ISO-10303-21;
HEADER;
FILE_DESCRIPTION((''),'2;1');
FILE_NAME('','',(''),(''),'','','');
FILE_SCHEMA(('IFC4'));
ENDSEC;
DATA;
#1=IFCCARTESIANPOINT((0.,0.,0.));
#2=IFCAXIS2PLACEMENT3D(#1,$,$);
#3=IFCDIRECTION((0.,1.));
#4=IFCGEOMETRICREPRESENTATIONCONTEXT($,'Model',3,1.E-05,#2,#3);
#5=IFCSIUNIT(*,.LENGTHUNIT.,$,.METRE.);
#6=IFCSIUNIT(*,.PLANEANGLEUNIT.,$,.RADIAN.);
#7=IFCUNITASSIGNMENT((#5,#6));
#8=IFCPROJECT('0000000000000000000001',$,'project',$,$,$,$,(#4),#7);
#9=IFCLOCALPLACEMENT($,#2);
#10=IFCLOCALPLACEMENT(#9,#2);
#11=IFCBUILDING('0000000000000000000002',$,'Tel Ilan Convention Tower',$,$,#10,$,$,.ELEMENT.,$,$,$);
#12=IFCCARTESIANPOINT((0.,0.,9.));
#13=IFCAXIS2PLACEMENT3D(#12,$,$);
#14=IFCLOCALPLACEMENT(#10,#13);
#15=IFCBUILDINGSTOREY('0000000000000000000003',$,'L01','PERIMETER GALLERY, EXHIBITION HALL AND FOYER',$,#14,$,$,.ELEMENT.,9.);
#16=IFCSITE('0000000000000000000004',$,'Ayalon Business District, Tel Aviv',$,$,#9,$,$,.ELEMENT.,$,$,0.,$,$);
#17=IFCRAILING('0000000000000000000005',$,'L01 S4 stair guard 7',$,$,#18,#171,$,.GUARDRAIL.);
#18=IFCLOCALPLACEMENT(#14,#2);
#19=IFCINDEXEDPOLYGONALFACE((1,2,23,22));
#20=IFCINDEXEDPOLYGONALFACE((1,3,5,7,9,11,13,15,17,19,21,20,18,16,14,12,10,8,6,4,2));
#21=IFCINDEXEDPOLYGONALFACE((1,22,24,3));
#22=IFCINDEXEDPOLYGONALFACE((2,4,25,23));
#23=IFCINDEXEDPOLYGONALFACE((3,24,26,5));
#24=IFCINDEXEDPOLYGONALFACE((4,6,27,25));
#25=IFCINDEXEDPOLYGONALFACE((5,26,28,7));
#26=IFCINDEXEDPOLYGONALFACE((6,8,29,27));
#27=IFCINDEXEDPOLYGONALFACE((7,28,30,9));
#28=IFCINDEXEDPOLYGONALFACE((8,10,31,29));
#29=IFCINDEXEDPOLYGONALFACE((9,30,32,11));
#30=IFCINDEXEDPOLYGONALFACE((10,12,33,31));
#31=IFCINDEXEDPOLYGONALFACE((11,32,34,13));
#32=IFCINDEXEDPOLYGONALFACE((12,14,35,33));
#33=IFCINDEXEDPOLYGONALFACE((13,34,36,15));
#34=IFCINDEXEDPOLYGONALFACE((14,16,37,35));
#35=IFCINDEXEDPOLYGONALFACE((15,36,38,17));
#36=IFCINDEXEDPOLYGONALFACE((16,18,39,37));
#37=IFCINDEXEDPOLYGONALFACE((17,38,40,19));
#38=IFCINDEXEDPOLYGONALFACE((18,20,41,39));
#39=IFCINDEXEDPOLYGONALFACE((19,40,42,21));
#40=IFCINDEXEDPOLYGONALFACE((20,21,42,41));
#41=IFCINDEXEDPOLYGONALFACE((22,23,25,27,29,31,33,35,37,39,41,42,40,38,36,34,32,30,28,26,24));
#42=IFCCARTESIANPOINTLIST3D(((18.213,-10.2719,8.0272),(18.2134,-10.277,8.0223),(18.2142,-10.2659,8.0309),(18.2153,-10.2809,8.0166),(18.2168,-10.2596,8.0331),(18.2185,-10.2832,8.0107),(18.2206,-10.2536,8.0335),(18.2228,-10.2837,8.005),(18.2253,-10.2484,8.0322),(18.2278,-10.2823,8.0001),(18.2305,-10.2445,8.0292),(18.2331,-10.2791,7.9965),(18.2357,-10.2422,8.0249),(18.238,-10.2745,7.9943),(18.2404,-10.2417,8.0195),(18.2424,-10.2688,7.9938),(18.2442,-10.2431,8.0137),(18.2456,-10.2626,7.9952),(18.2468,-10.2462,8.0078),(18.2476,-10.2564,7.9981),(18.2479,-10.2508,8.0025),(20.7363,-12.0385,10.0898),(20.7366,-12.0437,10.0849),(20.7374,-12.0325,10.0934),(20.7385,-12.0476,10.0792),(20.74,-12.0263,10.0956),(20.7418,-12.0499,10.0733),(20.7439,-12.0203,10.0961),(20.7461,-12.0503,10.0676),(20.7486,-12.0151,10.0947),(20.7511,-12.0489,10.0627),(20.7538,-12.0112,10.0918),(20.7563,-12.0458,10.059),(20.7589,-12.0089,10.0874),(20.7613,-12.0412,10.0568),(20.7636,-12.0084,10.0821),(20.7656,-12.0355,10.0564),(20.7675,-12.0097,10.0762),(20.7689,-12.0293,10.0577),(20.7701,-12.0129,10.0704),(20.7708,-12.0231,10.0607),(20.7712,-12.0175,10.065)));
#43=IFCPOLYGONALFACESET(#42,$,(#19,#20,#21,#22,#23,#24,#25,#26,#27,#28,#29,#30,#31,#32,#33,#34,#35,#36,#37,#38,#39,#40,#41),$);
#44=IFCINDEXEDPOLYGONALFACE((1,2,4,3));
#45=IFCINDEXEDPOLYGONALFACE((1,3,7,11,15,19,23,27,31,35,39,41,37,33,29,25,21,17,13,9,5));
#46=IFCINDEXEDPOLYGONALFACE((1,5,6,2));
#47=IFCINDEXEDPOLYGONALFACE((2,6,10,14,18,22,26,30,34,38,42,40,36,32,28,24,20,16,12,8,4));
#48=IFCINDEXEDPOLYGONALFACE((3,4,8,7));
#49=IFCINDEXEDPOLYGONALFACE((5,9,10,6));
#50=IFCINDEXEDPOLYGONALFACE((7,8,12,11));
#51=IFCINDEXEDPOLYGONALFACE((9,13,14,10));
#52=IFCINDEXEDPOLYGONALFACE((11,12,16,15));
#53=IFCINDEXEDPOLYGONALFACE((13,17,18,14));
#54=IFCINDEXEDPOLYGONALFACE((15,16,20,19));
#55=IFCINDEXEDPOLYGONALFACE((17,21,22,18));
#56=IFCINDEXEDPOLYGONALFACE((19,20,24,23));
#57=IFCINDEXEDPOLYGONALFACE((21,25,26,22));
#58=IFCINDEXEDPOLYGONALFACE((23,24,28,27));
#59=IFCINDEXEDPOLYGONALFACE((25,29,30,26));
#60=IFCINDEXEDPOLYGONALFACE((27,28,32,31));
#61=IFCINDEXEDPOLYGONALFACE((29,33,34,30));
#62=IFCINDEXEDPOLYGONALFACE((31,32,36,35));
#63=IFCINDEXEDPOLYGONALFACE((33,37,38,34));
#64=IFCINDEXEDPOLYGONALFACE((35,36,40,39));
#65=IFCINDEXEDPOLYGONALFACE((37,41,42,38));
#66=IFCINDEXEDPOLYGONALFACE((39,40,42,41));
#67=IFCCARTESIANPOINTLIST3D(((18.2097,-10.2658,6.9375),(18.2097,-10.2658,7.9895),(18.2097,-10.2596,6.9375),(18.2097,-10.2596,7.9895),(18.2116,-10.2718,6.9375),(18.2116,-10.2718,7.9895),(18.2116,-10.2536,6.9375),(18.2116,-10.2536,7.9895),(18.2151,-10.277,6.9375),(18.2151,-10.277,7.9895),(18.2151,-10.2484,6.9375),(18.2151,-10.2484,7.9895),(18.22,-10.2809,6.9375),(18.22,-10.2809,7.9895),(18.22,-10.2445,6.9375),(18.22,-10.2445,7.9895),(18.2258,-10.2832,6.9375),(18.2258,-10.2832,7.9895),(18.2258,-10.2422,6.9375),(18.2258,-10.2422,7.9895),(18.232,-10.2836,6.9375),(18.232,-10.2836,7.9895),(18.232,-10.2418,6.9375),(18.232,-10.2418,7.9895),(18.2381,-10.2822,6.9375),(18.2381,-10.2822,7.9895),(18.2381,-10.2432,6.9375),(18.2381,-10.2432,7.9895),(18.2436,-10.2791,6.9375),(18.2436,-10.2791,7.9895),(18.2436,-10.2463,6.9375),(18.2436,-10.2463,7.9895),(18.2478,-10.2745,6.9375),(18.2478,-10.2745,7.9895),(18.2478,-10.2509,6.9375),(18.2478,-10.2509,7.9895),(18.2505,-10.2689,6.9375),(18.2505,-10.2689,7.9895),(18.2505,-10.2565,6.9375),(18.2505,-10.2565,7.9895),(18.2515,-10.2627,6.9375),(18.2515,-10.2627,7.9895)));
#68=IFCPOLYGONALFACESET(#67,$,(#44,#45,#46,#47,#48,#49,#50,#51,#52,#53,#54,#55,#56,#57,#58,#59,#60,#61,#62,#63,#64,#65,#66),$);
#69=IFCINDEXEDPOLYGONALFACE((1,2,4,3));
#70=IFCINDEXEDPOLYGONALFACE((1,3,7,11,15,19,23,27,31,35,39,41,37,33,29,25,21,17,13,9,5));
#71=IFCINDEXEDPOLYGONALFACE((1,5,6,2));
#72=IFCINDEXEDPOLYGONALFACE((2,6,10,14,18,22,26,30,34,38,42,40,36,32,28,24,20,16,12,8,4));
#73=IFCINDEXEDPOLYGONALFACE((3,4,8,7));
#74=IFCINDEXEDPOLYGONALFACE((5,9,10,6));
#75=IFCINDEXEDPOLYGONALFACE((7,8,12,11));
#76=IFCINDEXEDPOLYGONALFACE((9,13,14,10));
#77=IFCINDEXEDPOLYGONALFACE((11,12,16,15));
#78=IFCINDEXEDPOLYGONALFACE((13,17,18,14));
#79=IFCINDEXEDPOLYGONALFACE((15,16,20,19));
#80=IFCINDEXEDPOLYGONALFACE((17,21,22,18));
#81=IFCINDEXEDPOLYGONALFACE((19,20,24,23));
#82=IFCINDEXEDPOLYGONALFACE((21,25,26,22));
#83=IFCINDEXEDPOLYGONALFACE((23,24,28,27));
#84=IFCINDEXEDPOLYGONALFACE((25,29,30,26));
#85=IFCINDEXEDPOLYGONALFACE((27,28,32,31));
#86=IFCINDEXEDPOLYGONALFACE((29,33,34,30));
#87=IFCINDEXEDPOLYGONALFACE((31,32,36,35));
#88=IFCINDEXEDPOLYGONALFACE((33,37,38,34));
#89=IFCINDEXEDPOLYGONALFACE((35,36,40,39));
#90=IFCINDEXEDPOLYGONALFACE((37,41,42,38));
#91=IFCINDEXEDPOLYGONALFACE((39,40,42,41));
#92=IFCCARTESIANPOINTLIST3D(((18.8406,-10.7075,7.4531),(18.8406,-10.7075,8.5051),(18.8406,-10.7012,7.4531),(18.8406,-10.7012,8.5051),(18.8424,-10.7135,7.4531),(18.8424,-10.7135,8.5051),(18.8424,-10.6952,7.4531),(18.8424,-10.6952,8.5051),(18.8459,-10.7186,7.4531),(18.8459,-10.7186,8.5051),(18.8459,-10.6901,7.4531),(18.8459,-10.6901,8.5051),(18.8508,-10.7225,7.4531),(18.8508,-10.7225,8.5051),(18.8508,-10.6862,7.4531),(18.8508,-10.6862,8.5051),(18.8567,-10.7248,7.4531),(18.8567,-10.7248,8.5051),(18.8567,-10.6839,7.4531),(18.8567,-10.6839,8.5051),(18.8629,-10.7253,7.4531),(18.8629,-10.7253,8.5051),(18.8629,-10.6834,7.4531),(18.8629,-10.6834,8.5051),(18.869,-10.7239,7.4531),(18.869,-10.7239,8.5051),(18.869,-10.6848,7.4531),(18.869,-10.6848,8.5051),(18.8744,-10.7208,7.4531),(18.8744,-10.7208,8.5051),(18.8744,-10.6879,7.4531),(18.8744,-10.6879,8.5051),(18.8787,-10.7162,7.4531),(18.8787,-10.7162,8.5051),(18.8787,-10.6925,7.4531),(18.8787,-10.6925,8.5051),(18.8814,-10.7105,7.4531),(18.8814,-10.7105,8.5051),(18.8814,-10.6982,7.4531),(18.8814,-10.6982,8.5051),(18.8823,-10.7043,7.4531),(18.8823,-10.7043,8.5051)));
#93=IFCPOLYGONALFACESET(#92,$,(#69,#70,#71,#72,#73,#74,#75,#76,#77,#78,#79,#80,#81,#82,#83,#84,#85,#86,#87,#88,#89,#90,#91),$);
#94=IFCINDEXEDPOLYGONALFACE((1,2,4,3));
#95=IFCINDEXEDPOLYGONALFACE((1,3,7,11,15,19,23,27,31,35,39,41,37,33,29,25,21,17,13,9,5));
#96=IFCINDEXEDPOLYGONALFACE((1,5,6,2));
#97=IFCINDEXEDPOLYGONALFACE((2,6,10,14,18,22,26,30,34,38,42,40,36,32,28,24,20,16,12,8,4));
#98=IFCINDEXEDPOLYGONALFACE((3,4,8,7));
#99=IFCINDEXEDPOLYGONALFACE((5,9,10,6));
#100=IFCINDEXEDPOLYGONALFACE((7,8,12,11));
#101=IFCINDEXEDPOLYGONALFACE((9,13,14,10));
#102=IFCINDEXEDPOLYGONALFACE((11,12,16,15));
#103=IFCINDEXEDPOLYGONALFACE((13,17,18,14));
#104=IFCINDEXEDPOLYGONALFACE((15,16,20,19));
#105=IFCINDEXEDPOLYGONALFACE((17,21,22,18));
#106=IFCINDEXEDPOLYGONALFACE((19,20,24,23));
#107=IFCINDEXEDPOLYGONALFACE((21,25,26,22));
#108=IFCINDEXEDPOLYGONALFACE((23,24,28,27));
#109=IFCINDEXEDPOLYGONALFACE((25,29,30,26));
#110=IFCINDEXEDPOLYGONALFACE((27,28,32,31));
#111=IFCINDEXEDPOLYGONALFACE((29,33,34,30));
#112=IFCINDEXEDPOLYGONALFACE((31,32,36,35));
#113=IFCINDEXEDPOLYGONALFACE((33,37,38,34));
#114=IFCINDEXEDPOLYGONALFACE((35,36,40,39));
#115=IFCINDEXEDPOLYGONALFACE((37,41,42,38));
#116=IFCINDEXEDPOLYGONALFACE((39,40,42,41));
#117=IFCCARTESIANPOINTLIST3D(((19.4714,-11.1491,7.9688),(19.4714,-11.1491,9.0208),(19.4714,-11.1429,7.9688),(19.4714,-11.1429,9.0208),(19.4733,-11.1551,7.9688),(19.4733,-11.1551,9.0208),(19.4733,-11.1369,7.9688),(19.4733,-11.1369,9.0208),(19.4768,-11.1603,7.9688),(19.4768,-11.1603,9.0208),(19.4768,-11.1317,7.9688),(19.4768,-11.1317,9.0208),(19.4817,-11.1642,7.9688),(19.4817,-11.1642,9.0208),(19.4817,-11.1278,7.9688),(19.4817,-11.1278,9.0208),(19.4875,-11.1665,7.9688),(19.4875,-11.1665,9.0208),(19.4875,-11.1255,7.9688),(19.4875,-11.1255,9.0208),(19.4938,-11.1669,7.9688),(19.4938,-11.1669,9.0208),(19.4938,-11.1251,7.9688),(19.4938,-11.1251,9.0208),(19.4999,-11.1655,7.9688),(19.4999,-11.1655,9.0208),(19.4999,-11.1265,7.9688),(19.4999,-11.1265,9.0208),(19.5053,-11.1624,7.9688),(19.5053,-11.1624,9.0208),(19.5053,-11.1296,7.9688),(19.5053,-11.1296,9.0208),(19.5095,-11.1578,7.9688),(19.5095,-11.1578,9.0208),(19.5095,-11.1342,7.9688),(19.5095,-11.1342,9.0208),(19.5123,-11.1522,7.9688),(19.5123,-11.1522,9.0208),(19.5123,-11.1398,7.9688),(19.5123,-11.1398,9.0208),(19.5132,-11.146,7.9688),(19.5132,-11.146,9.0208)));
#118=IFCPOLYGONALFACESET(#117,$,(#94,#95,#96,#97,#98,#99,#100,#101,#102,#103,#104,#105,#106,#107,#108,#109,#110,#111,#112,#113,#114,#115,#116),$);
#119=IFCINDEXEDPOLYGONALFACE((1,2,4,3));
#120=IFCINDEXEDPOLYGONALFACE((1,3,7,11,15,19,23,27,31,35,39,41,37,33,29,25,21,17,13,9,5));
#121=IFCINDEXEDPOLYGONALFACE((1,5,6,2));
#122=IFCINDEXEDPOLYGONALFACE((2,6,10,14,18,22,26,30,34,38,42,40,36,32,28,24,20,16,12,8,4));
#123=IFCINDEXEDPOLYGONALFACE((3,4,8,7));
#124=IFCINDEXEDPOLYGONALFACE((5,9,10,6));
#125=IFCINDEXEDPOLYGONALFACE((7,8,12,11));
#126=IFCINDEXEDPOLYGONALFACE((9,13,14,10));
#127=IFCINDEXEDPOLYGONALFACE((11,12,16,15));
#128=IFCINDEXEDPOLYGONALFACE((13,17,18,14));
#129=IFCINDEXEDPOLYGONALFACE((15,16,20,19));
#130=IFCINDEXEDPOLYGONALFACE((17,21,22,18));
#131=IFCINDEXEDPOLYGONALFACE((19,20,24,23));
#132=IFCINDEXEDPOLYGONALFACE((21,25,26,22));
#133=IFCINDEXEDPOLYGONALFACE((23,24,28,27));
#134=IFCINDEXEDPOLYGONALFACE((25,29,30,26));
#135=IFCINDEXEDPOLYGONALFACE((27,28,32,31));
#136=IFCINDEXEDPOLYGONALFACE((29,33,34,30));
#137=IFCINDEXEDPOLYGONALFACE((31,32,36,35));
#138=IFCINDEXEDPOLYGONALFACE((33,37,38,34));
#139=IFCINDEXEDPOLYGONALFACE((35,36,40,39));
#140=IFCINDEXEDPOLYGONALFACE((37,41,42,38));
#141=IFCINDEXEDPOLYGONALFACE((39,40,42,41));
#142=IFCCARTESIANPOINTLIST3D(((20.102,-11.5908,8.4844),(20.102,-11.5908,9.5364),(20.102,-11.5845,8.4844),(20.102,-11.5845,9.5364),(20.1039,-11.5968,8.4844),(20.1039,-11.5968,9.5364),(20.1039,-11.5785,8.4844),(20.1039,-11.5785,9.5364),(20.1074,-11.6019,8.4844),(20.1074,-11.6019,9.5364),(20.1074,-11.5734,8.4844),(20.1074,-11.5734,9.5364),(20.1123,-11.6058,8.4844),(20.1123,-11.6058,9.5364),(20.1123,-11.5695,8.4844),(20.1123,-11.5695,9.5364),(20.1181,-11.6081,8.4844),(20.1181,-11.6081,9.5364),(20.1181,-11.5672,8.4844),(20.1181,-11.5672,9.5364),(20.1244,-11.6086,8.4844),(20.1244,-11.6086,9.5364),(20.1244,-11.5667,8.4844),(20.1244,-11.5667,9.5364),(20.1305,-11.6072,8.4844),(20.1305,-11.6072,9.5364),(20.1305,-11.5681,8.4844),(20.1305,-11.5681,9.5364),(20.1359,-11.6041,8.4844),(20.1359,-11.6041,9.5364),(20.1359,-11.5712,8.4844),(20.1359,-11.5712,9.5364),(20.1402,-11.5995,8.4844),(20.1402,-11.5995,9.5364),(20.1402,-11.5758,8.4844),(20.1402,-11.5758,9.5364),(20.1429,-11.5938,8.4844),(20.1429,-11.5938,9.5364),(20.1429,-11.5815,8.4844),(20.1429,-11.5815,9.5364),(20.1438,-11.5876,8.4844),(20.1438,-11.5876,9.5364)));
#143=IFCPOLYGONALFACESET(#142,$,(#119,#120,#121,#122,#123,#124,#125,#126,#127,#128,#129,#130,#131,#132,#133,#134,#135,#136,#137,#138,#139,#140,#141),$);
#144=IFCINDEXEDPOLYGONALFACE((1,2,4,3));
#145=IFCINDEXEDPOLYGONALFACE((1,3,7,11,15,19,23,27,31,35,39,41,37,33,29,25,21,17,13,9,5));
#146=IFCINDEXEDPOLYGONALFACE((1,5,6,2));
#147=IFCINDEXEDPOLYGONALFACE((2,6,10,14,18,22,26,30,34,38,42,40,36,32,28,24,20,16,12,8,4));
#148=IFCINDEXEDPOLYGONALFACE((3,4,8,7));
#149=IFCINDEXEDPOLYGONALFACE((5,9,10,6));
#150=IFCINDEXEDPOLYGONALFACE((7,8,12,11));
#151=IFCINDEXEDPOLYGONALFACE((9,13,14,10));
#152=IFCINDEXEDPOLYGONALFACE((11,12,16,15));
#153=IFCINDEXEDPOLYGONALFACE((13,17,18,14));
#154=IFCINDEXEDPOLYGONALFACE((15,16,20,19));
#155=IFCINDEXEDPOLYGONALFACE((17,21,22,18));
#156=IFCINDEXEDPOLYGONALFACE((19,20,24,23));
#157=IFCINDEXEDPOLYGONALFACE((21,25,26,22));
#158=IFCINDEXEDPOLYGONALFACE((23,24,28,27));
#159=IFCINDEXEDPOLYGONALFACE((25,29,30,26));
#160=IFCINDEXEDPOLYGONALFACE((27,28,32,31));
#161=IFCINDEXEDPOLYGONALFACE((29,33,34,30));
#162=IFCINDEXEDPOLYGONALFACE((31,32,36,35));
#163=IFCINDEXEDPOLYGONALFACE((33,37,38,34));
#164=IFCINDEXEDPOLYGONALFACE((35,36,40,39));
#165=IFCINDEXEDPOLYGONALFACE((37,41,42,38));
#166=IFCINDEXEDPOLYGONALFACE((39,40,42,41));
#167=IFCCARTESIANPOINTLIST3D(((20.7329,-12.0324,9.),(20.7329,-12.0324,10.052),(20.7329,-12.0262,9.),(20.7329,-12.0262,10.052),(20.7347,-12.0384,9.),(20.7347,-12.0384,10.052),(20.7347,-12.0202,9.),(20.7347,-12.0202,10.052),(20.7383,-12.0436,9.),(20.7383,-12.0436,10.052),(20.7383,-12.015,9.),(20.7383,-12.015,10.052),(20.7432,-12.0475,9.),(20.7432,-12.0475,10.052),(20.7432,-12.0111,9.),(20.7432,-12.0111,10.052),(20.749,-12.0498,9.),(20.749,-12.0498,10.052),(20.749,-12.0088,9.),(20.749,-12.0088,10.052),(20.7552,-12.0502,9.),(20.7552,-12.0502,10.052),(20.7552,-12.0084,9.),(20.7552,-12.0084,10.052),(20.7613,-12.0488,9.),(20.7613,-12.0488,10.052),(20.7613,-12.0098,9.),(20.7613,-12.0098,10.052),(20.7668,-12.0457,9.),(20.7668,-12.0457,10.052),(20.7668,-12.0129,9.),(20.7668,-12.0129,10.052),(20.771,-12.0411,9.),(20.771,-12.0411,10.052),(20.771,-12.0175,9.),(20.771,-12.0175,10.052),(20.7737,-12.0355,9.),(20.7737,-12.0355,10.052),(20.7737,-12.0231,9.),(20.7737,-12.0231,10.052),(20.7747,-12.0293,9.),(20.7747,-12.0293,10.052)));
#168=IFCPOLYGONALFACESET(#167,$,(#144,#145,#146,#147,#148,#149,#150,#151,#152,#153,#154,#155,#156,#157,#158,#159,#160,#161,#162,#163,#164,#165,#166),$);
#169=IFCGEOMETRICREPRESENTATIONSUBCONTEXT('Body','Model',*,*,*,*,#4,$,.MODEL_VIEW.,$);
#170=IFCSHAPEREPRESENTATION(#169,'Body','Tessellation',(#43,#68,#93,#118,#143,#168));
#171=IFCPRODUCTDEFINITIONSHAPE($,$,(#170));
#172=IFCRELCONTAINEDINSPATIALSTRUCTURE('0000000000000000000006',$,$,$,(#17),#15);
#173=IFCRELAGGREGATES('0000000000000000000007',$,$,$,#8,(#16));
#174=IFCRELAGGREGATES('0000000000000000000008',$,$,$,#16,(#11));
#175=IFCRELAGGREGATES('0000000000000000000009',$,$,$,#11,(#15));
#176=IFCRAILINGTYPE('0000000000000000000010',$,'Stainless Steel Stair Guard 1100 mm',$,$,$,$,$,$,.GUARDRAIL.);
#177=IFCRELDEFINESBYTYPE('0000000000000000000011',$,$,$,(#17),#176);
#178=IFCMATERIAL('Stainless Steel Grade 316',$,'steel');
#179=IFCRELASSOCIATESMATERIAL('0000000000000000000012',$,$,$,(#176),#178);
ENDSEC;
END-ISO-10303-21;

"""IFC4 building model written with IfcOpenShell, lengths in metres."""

from ifc_helpers import new_model, si_unit, direction, frame, origin, origin_2d, place, context, subcontext, project, spatial, circle, extrude, material, type_object, element, save


model = new_model("IFC4")

# Units and contexts
model_context = context("Model", 3, precision=1e-05, world=origin(), true_north=direction((0.0, 1.0)))
body_context = subcontext(model_context, "Body", "Model", "MODEL_VIEW")
ifc_project = project(units=[si_unit("LENGTHUNIT", "METRE"), si_unit("PLANEANGLEUNIT", "RADIAN")], contexts=[model_context])

# Site, building, storey
site_placement = place(None, origin())
site = spatial("IfcSite", under=ifc_project, at=site_placement, Name="Ayalon Business District, Tel Aviv", CompositionType="ELEMENT", RefElevation=0.0)
building_placement = place(site_placement, origin())
building = spatial("IfcBuilding", under=site, at=building_placement, Name="Tel Ilan Convention Tower", CompositionType="ELEMENT")
storey_placement = place(building_placement, frame((0.0, 0.0, 9.0)))
storey = spatial("IfcBuildingStorey", under=building, at=storey_placement, Name="L01", Description="PERIMETER GALLERY, EXHIBITION HALL AND FOYER", CompositionType="ELEMENT", Elevation=9.0)

# Railing
ifc_material_1 = material(Name="Stainless Steel Grade 316", Category="steel")
railing_type_1 = type_object("IfcRailingType", Name="Stainless Steel Stair Guard 1100 mm", PredefinedType="GUARDRAIL", material=ifc_material_1)
railing_1_placement = place(storey_placement, frame((18.2305, -10.2627, 6.9375)))
element("IfcRailing", 1, at=railing_1_placement, inside=storey, type_object=railing_type_1, Name="L01 S4 stair guard 7", PredefinedType="GUARDRAIL", context=body_context, shape_type="SweptSolid", body=[
    extrude(circle(Radius=0.0239, at=origin_2d()), frame((0.0, 0.0, 1.0762), z_axis=(0.68067, -0.476568, 0.556391), x_axis=(0.573542, 0.819176, 0.0)), (0.0, 0.0, 1.0), 3.707),
    extrude(circle(Radius=0.021, at=origin_2d()), origin(), (0.0, 0.0, 1.0), 1.052),
    extrude(circle(Radius=0.021, at=origin_2d()), frame((0.6309, -0.4417, 0.5156)), (0.0, 0.0, 1.0), 1.052),
    extrude(circle(Radius=0.021, at=origin_2d()), frame((1.2617, -0.8833, 1.0312)), (0.0, 0.0, 1.0), 1.052),
    extrude(circle(Radius=0.021, at=origin_2d()), frame((1.8923, -1.325, 1.5469)), (0.0, 0.0, 1.0), 1.052),
    extrude(circle(Radius=0.021, at=origin_2d()), frame((2.5232, -1.7666, 2.0625)), (0.0, 0.0, 1.0), 1.052),
])

save(model, "model.ifc")
